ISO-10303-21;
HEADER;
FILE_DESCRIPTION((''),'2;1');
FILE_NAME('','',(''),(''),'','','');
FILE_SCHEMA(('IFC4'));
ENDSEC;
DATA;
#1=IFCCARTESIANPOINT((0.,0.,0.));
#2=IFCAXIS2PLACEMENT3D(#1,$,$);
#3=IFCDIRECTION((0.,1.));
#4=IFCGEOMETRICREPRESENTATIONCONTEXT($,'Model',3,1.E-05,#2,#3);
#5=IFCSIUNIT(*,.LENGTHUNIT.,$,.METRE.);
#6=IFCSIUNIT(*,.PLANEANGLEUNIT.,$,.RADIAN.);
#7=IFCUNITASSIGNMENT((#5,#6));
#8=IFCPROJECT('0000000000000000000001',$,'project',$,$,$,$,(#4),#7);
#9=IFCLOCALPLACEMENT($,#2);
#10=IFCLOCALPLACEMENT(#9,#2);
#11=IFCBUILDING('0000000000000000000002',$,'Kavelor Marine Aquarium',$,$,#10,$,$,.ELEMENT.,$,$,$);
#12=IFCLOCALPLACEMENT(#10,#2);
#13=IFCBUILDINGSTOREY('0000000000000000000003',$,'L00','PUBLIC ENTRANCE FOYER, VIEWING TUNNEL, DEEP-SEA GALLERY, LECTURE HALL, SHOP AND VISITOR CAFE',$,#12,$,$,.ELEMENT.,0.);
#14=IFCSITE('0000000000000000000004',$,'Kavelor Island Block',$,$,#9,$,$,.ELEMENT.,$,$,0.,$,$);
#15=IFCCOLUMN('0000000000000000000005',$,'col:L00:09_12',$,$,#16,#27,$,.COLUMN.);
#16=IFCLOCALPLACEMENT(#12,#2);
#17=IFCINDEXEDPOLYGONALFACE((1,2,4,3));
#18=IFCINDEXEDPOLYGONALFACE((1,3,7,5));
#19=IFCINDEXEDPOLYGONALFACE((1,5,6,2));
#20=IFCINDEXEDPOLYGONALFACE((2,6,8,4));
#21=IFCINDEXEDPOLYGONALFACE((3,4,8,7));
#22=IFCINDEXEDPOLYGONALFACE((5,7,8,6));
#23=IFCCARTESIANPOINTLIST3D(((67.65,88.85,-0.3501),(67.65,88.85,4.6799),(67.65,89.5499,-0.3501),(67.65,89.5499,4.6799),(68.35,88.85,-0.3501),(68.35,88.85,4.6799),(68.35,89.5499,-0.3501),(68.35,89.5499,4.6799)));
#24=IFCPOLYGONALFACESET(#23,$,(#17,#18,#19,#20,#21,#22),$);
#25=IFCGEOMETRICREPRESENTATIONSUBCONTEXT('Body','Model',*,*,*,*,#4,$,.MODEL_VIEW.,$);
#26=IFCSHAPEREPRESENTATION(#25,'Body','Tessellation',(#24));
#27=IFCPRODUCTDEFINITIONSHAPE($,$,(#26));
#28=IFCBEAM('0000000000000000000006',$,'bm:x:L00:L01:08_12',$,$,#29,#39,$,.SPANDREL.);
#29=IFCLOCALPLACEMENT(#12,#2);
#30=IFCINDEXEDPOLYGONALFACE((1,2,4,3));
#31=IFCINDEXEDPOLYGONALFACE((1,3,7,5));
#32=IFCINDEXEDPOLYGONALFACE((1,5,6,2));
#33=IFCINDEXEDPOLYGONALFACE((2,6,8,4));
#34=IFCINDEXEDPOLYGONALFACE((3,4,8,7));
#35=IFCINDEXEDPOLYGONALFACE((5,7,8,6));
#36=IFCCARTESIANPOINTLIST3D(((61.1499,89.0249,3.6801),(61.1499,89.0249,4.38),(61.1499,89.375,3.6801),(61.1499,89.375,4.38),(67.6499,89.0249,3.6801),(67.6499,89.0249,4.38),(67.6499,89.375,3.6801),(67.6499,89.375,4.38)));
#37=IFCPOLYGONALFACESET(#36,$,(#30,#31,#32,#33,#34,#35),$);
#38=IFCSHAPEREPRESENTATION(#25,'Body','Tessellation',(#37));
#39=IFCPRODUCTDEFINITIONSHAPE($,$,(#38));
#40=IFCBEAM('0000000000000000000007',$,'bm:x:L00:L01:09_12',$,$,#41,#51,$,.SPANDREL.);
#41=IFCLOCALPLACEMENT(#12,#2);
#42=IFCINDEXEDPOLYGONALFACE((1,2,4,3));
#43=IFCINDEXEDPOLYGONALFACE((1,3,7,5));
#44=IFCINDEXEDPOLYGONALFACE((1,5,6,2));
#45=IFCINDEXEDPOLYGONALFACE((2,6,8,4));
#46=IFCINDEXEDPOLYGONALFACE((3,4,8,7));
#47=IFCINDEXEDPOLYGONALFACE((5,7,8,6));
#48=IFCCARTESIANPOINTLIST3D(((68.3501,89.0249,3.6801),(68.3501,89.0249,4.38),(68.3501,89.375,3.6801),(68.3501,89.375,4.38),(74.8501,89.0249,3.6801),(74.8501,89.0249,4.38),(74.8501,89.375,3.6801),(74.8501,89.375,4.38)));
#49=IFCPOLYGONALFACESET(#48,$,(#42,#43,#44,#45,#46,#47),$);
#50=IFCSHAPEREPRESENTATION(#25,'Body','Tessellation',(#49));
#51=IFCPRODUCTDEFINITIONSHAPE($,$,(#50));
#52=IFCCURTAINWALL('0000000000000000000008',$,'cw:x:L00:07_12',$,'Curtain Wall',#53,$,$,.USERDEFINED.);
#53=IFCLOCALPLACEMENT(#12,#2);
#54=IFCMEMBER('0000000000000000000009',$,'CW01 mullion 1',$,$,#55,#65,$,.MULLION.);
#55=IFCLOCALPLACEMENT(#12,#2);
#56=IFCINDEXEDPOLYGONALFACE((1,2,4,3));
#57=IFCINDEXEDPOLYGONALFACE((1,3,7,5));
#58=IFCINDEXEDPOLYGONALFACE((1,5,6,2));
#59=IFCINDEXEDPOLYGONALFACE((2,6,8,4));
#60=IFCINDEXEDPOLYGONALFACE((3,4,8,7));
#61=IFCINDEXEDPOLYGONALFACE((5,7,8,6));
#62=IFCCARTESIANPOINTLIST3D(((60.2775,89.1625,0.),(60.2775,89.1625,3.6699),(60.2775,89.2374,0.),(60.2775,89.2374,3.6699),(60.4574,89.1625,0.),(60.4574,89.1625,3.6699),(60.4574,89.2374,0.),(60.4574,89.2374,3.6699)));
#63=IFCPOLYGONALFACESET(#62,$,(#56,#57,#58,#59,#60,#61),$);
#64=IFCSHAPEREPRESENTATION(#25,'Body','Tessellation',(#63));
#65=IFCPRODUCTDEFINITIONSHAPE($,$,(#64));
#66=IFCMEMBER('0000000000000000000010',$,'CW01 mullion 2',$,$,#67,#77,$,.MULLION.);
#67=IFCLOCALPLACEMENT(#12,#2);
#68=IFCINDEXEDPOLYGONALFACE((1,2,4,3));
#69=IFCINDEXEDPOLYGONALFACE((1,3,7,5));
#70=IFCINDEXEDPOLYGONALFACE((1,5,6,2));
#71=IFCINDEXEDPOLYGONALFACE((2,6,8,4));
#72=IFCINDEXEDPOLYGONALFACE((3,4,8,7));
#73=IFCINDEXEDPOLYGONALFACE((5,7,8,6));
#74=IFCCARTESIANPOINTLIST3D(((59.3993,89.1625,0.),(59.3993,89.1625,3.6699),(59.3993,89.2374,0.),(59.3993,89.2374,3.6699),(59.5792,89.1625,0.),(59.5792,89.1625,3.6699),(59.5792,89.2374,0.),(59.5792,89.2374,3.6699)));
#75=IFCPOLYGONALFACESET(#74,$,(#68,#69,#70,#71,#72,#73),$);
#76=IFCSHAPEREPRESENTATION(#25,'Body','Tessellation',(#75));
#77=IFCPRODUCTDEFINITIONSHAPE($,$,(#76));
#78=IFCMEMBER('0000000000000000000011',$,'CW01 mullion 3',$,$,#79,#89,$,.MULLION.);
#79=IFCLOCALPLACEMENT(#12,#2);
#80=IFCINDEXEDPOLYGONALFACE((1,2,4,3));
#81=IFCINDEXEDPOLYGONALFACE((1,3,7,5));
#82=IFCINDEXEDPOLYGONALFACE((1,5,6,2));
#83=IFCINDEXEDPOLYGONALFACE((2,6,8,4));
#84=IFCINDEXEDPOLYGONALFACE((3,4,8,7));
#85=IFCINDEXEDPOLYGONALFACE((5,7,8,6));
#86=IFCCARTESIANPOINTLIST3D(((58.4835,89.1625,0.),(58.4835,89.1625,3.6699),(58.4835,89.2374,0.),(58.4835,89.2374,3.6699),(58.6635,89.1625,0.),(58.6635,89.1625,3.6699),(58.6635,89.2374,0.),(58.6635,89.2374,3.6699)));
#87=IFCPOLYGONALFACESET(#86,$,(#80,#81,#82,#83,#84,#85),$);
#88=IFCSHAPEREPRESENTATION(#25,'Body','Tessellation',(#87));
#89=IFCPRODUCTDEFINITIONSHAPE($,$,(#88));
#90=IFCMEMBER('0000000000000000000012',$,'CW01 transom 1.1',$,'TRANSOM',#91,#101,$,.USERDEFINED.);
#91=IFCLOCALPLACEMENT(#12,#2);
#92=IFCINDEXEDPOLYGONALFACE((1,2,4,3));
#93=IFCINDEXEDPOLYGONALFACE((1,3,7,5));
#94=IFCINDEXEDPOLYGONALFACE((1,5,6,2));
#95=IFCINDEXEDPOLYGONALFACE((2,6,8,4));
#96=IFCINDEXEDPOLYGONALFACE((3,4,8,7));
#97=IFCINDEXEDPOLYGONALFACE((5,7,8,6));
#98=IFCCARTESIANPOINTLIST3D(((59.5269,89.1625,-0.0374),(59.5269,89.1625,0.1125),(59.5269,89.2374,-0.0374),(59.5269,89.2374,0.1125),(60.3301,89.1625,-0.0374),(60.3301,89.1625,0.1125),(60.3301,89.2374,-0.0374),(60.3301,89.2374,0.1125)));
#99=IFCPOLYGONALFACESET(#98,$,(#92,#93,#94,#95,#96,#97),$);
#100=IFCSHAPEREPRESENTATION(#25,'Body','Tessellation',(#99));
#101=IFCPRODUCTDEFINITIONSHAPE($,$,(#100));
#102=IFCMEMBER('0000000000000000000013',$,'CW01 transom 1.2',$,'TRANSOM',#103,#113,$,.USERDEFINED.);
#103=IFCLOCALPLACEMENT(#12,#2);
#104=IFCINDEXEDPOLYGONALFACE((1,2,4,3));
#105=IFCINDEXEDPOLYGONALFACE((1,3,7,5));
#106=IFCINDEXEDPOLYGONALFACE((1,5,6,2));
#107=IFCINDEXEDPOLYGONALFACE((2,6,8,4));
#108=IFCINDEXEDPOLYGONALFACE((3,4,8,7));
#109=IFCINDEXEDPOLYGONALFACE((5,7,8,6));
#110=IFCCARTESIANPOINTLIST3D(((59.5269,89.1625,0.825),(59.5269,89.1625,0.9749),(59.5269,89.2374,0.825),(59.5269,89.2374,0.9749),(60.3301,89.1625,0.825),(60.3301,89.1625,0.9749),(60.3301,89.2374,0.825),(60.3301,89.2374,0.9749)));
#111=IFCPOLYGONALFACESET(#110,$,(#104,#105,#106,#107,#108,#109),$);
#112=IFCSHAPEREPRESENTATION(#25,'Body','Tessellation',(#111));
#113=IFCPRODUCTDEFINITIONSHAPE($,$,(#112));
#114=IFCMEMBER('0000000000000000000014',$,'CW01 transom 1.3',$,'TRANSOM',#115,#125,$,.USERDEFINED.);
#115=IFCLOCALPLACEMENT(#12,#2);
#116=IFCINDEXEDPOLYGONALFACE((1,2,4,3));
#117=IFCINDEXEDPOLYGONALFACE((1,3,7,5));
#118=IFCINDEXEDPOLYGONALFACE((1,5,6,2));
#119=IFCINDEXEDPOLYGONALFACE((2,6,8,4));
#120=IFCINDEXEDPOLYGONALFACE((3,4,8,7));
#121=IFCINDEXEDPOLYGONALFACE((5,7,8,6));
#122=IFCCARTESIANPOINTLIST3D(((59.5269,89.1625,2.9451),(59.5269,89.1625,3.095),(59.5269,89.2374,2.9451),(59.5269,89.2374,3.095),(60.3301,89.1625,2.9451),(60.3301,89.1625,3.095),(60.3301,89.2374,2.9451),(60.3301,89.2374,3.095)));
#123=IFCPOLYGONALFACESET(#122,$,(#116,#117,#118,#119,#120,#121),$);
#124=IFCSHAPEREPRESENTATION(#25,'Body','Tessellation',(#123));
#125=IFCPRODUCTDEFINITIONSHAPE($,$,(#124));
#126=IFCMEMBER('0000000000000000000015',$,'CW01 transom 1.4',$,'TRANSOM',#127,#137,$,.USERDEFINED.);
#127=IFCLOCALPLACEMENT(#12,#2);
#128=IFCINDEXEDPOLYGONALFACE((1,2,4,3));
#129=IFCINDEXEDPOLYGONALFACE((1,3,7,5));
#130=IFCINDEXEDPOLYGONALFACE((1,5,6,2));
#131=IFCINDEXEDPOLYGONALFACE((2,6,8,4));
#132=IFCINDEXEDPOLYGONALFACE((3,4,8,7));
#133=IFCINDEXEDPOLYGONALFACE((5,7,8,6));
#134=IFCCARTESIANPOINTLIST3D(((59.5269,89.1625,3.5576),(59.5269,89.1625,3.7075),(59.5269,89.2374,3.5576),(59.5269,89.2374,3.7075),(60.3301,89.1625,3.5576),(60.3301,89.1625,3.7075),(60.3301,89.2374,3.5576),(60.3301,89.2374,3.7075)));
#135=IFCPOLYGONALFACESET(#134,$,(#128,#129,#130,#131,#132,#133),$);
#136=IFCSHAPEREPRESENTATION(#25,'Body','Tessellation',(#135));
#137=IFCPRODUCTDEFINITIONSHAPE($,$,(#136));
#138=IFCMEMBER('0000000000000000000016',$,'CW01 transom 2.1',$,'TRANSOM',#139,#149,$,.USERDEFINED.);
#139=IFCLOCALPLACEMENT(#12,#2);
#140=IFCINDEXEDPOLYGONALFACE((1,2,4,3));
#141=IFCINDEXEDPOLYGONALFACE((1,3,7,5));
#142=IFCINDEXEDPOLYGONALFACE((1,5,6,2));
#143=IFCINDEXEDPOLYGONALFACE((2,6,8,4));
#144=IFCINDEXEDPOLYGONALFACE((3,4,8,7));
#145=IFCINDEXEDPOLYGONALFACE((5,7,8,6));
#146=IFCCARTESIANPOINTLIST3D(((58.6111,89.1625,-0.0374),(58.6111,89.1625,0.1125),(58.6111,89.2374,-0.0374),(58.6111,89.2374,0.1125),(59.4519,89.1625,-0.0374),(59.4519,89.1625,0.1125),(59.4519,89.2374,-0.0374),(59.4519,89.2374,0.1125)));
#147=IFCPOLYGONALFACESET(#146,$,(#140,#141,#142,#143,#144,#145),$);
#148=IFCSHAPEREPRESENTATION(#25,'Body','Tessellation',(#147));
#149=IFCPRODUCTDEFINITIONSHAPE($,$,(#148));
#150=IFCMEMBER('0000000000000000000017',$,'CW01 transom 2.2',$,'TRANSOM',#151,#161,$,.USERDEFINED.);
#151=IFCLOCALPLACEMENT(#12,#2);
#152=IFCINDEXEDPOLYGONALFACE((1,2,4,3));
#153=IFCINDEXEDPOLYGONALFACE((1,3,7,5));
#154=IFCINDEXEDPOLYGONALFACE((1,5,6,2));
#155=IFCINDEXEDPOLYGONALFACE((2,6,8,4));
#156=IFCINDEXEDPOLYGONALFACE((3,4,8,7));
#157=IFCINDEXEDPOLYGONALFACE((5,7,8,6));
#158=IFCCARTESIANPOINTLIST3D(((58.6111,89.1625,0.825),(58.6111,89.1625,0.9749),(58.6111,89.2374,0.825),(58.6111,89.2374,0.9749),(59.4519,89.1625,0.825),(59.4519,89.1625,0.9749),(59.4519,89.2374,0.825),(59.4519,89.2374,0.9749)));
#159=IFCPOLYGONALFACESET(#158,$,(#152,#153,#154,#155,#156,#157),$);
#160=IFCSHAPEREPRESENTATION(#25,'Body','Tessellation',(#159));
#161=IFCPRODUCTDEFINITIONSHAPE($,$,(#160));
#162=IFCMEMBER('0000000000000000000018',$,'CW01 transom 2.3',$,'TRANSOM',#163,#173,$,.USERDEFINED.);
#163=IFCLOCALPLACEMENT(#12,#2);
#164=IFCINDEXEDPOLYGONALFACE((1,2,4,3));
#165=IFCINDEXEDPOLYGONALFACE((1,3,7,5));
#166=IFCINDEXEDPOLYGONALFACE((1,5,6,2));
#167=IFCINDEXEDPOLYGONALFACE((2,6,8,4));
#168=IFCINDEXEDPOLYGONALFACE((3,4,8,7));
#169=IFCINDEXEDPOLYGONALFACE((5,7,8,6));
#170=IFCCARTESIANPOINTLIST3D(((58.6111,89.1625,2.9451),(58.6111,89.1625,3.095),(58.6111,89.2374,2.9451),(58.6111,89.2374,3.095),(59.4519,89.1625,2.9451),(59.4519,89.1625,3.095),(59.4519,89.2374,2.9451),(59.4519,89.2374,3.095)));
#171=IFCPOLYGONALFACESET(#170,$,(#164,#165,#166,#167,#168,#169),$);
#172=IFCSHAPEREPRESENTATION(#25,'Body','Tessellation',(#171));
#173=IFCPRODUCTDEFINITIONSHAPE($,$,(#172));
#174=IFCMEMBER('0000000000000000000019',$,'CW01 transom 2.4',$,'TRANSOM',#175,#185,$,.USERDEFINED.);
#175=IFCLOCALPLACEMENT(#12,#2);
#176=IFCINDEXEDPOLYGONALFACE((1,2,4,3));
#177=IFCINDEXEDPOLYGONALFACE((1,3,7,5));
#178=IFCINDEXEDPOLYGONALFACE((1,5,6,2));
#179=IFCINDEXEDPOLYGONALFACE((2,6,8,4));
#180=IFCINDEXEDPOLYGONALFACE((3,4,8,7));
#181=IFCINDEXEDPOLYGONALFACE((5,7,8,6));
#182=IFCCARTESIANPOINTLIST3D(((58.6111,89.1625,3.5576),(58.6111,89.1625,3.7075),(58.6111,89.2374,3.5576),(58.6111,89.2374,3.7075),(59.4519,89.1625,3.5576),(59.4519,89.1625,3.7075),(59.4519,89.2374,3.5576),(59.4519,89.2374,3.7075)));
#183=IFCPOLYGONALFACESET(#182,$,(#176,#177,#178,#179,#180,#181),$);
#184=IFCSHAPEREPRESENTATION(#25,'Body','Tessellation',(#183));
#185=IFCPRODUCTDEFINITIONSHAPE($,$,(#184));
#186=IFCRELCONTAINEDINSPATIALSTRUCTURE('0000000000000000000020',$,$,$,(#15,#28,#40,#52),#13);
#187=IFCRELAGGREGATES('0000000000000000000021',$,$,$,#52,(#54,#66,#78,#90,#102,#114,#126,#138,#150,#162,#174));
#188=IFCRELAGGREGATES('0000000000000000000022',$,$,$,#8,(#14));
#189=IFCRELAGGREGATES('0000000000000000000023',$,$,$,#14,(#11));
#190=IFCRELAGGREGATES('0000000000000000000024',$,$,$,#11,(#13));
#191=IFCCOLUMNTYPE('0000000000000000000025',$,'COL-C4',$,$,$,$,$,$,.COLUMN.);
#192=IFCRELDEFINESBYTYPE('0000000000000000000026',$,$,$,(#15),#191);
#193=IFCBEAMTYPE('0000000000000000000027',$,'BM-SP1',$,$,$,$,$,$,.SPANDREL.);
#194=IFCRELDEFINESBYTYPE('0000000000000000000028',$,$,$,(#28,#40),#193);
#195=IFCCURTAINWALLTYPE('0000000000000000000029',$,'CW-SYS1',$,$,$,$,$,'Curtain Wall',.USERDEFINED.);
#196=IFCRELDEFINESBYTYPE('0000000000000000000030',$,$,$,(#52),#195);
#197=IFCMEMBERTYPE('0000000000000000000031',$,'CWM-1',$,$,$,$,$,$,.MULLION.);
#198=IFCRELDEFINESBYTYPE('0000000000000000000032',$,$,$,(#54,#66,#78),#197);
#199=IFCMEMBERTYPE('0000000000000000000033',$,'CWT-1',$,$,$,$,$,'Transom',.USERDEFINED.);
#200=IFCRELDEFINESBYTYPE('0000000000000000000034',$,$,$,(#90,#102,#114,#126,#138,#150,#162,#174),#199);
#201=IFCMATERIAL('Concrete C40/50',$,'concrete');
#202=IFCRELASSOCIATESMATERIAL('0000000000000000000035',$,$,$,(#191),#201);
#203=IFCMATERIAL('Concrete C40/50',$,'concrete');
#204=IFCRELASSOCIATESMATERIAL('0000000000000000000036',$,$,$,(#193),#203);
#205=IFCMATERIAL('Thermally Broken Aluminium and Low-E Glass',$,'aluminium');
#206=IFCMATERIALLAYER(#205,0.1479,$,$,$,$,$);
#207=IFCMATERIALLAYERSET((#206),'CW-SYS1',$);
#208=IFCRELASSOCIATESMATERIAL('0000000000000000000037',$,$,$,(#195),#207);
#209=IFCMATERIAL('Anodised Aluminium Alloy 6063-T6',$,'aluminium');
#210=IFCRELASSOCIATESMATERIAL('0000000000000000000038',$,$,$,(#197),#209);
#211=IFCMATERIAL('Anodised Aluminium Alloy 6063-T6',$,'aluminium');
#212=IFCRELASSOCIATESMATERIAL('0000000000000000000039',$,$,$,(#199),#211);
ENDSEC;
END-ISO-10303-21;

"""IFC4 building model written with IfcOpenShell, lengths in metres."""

from ifc_helpers import new_model, si_unit, direction, frame, origin, origin_2d, place, context, subcontext, project, spatial, rectangle, extrude, material, layer, layer_set, material_profile, profile_set, type_object, element, aggregate, save


model = new_model("IFC4")

# Units and contexts
model_context = context("Model", 3, precision=1e-05, world=origin(), true_north=direction((0.0, 1.0)))
body_context = subcontext(model_context, "Body", "Model", "MODEL_VIEW")
ifc_project = project(units=[si_unit("LENGTHUNIT", "METRE"), si_unit("PLANEANGLEUNIT", "RADIAN")], contexts=[model_context])

# Site, building, storey
site_placement = place(None, origin())
site = spatial("IfcSite", under=ifc_project, at=site_placement, Name="Kavelor Island Block", CompositionType="ELEMENT", RefElevation=0.0)
building_placement = place(site_placement, origin())
building = spatial("IfcBuilding", under=site, at=building_placement, Name="Kavelor Marine Aquarium", CompositionType="ELEMENT")
storey_placement = place(building_placement, origin())
storey = spatial("IfcBuildingStorey", under=building, at=storey_placement, Name="L00", Description="PUBLIC ENTRANCE FOYER, VIEWING TUNNEL, DEEP-SEA GALLERY, LECTURE HALL, SHOP AND VISITOR CAFE", CompositionType="ELEMENT", Elevation=0.0)

# Column
ifc_material_1 = material(Name="Concrete C40/50", Category="concrete")
ifc_material_profile_1 = material_profile(ifc_material_1, rectangle(XDim=0.7, YDim=0.7, at=origin_2d()), Name="RC-COL 700x700")
ifc_profile_set_1 = profile_set([ifc_material_profile_1], Name="Concrete C40/50")
column_type = type_object("IfcColumnType", Name="COL-C4", PredefinedType="COLUMN", material=ifc_profile_set_1)
for number, where, z_axis, x_axis, name in (
    (1, (68.0, 89.2, -0.3501), (0.0, 0.0, 1.0), (1.0, 0.0, 0.0), "col:L00:09_12"),
):
    element("IfcColumn", number, at=place(storey_placement, frame(where, z_axis=z_axis, x_axis=x_axis)), inside=storey, type_object=column_type, Name=name, PredefinedType="COLUMN", context=body_context, shape_type="SweptSolid", body=[
        extrude(rectangle(XDim=0.7, YDim=0.7, at=origin_2d()), origin(), (0.0, 0.0, 1.0), 5.03),
    ])

# Beams
ifc_material_2 = material(Name="Concrete C40/50", Category="concrete")
ifc_material_profile_2 = material_profile(ifc_material_2, rectangle(XDim=0.3501, YDim=0.7, at=origin_2d()), Name="RC-SP 350x700")
ifc_profile_set_2 = profile_set([ifc_material_profile_2], Name="Concrete C40/50")
beam_type = type_object("IfcBeamType", Name="BM-SP1", PredefinedType="SPANDREL", material=ifc_profile_set_2)
for number, where, z_axis, x_axis, name in (
    (2, (61.1499, 89.2, 4.03), (1.0, 0.0, 0.0), (0.0, 1.0, 0.0), "bm:x:L00:L01:08_12"),
    (3, (68.3501, 89.2, 4.03), (1.0, 0.0, 0.0), (0.0, 1.0, 0.0), "bm:x:L00:L01:09_12"),
):
    element("IfcBeam", number, at=place(storey_placement, frame(where, z_axis=z_axis, x_axis=x_axis)), inside=storey, type_object=beam_type, Name=name, PredefinedType="SPANDREL", context=body_context, shape_type="SweptSolid", body=[
        extrude(rectangle(XDim=0.3501, YDim=0.7, at=origin_2d()), origin(), (0.0, 0.0, 1.0), 6.5),
    ])

# Curtain wall, members
ifc_material_3 = material(Name="Thermally Broken Aluminium and Low-E Glass", Category="aluminium")
ifc_layer_1 = layer(ifc_material_3, 0.1479)
ifc_layer_set_1 = layer_set([ifc_layer_1], Name="CW-SYS1")
curtain_wall_type = type_object("IfcCurtainWallType", Name="CW-SYS1", ElementType="Curtain Wall", PredefinedType="USERDEFINED", material=ifc_layer_set_1)
curtain_wall_placement = place(storey_placement, origin())
curtain_wall = element("IfcCurtainWall", 4, at=curtain_wall_placement, inside=storey, type_object=curtain_wall_type, Name="cw:x:L00:07_12", ObjectType="Curtain Wall", PredefinedType="USERDEFINED")
ifc_material_4 = material(Name="Anodised Aluminium Alloy 6063-T6", Category="aluminium")
ifc_material_profile_3 = material_profile(ifc_material_4, rectangle(XDim=0.075, YDim=0.1799, at=origin_2d()), Name="CW-MUL 75x180")
ifc_profile_set_3 = profile_set([ifc_material_profile_3], Name="Anodised Aluminium Alloy 6063-T6")
member_type_1 = type_object("IfcMemberType", Name="CWM-1", PredefinedType="MULLION", material=ifc_profile_set_3)
member_1_placement = place(storey_placement, frame((60.3674, 89.2, 0.0), z_axis=(0.0, 0.0, 1.0), x_axis=(0.0, -1.0, 0.0)))
member_1 = element("IfcMember", 5, at=member_1_placement, type_object=member_type_1, Name="CW01 mullion 1", PredefinedType="MULLION", context=body_context, shape_type="SweptSolid", body=[
    extrude(rectangle(XDim=0.075, YDim=0.1799, at=origin_2d()), origin(), (0.0, 0.0, 1.0), 3.6699),
])
member_2_placement = place(storey_placement, frame((59.4893, 89.2, 0.0), z_axis=(0.0, 0.0, 1.0), x_axis=(0.0, -1.0, 0.0)))
member_2 = element("IfcMember", 6, at=member_2_placement, type_object=member_type_1, Name="CW01 mullion 2", PredefinedType="MULLION", context=body_context, shape_type="SweptSolid", body=[
    extrude(rectangle(XDim=0.075, YDim=0.1799, at=origin_2d()), origin(), (0.0, 0.0, 1.0), 3.6699),
])
member_3_placement = place(storey_placement, frame((58.5735, 89.2, 0.0), z_axis=(0.0, 0.0, 1.0), x_axis=(0.0, -1.0, 0.0)))
member_3 = element("IfcMember", 7, at=member_3_placement, type_object=member_type_1, Name="CW01 mullion 3", PredefinedType="MULLION", context=body_context, shape_type="SweptSolid", body=[
    extrude(rectangle(XDim=0.075, YDim=0.1799, at=origin_2d()), origin(), (0.0, 0.0, 1.0), 3.6699),
])
ifc_material_5 = material(Name="Anodised Aluminium Alloy 6063-T6", Category="aluminium")
ifc_material_profile_4 = material_profile(ifc_material_5, rectangle(XDim=0.075, YDim=0.1499, at=origin_2d()), Name="CW-TRN 75x150")
ifc_profile_set_4 = profile_set([ifc_material_profile_4], Name="Anodised Aluminium Alloy 6063-T6")
member_type_2 = type_object("IfcMemberType", Name="CWT-1", ElementType="Transom", PredefinedType="USERDEFINED", material=ifc_profile_set_4)
member_4_placement = place(storey_placement, frame((60.3301, 89.2, 0.0376), z_axis=(-1.0, 0.0, 0.0), x_axis=(0.0, -1.0, 0.0)))
member_4 = element("IfcMember", 8, at=member_4_placement, type_object=member_type_2, Name="CW01 transom 1.1", ObjectType="TRANSOM", PredefinedType="USERDEFINED", context=body_context, shape_type="SweptSolid", body=[
    extrude(rectangle(XDim=0.075, YDim=0.1499, at=origin_2d()), origin(), (0.0, 0.0, 1.0), 0.8032),
])
member_5_placement = place(storey_placement, frame((60.3301, 89.2, 0.8999), z_axis=(-1.0, 0.0, 0.0), x_axis=(0.0, -1.0, 0.0)))
member_5 = element("IfcMember", 9, at=member_5_placement, type_object=member_type_2, Name="CW01 transom 1.2", ObjectType="TRANSOM", PredefinedType="USERDEFINED", context=body_context, shape_type="SweptSolid", body=[
    extrude(rectangle(XDim=0.075, YDim=0.1499, at=origin_2d()), origin(), (0.0, 0.0, 1.0), 0.8032),
])
member_6_placement = place(storey_placement, frame((60.3301, 89.2, 3.02), z_axis=(-1.0, 0.0, 0.0), x_axis=(0.0, -1.0, 0.0)))
member_6 = element("IfcMember", 10, at=member_6_placement, type_object=member_type_2, Name="CW01 transom 1.3", ObjectType="TRANSOM", PredefinedType="USERDEFINED", context=body_context, shape_type="SweptSolid", body=[
    extrude(rectangle(XDim=0.075, YDim=0.1499, at=origin_2d()), origin(), (0.0, 0.0, 1.0), 0.8032),
])
member_7_placement = place(storey_placement, frame((60.3301, 89.2, 3.6326), z_axis=(-1.0, 0.0, 0.0), x_axis=(0.0, -1.0, 0.0)))
member_7 = element("IfcMember", 11, at=member_7_placement, type_object=member_type_2, Name="CW01 transom 1.4", ObjectType="TRANSOM", PredefinedType="USERDEFINED", context=body_context, shape_type="SweptSolid", body=[
    extrude(rectangle(XDim=0.075, YDim=0.1499, at=origin_2d()), origin(), (0.0, 0.0, 1.0), 0.8032),
])
member_8_placement = place(storey_placement, frame((59.4519, 89.2, 0.0376), z_axis=(-1.0, 0.0, 0.0), x_axis=(0.0, -1.0, 0.0)))
member_8 = element("IfcMember", 12, at=member_8_placement, type_object=member_type_2, Name="CW01 transom 2.1", ObjectType="TRANSOM", PredefinedType="USERDEFINED", context=body_context, shape_type="SweptSolid", body=[
    extrude(rectangle(XDim=0.075, YDim=0.1499, at=origin_2d()), origin(), (0.0, 0.0, 1.0), 0.8408),
])
member_9_placement = place(storey_placement, frame((59.4519, 89.2, 0.8999), z_axis=(-1.0, 0.0, 0.0), x_axis=(0.0, -1.0, 0.0)))
member_9 = element("IfcMember", 13, at=member_9_placement, type_object=member_type_2, Name="CW01 transom 2.2", ObjectType="TRANSOM", PredefinedType="USERDEFINED", context=body_context, shape_type="SweptSolid", body=[
    extrude(rectangle(XDim=0.075, YDim=0.1499, at=origin_2d()), origin(), (0.0, 0.0, 1.0), 0.8408),
])
member_10_placement = place(storey_placement, frame((59.4519, 89.2, 3.02), z_axis=(-1.0, 0.0, 0.0), x_axis=(0.0, -1.0, 0.0)))
member_10 = element("IfcMember", 14, at=member_10_placement, type_object=member_type_2, Name="CW01 transom 2.3", ObjectType="TRANSOM", PredefinedType="USERDEFINED", context=body_context, shape_type="SweptSolid", body=[
    extrude(rectangle(XDim=0.075, YDim=0.1499, at=origin_2d()), origin(), (0.0, 0.0, 1.0), 0.8408),
])
member_11_placement = place(storey_placement, frame((59.4519, 89.2, 3.6326), z_axis=(-1.0, 0.0, 0.0), x_axis=(0.0, -1.0, 0.0)))
member_11 = element("IfcMember", 15, at=member_11_placement, type_object=member_type_2, Name="CW01 transom 2.4", ObjectType="TRANSOM", PredefinedType="USERDEFINED", context=body_context, shape_type="SweptSolid", body=[
    extrude(rectangle(XDim=0.075, YDim=0.1499, at=origin_2d()), origin(), (0.0, 0.0, 1.0), 0.8408),
])
aggregate(curtain_wall, [member_1, member_2, member_3, member_4, member_5, member_6, member_7, member_8, member_9, member_10, member_11])

save(model, "model.ifc")
